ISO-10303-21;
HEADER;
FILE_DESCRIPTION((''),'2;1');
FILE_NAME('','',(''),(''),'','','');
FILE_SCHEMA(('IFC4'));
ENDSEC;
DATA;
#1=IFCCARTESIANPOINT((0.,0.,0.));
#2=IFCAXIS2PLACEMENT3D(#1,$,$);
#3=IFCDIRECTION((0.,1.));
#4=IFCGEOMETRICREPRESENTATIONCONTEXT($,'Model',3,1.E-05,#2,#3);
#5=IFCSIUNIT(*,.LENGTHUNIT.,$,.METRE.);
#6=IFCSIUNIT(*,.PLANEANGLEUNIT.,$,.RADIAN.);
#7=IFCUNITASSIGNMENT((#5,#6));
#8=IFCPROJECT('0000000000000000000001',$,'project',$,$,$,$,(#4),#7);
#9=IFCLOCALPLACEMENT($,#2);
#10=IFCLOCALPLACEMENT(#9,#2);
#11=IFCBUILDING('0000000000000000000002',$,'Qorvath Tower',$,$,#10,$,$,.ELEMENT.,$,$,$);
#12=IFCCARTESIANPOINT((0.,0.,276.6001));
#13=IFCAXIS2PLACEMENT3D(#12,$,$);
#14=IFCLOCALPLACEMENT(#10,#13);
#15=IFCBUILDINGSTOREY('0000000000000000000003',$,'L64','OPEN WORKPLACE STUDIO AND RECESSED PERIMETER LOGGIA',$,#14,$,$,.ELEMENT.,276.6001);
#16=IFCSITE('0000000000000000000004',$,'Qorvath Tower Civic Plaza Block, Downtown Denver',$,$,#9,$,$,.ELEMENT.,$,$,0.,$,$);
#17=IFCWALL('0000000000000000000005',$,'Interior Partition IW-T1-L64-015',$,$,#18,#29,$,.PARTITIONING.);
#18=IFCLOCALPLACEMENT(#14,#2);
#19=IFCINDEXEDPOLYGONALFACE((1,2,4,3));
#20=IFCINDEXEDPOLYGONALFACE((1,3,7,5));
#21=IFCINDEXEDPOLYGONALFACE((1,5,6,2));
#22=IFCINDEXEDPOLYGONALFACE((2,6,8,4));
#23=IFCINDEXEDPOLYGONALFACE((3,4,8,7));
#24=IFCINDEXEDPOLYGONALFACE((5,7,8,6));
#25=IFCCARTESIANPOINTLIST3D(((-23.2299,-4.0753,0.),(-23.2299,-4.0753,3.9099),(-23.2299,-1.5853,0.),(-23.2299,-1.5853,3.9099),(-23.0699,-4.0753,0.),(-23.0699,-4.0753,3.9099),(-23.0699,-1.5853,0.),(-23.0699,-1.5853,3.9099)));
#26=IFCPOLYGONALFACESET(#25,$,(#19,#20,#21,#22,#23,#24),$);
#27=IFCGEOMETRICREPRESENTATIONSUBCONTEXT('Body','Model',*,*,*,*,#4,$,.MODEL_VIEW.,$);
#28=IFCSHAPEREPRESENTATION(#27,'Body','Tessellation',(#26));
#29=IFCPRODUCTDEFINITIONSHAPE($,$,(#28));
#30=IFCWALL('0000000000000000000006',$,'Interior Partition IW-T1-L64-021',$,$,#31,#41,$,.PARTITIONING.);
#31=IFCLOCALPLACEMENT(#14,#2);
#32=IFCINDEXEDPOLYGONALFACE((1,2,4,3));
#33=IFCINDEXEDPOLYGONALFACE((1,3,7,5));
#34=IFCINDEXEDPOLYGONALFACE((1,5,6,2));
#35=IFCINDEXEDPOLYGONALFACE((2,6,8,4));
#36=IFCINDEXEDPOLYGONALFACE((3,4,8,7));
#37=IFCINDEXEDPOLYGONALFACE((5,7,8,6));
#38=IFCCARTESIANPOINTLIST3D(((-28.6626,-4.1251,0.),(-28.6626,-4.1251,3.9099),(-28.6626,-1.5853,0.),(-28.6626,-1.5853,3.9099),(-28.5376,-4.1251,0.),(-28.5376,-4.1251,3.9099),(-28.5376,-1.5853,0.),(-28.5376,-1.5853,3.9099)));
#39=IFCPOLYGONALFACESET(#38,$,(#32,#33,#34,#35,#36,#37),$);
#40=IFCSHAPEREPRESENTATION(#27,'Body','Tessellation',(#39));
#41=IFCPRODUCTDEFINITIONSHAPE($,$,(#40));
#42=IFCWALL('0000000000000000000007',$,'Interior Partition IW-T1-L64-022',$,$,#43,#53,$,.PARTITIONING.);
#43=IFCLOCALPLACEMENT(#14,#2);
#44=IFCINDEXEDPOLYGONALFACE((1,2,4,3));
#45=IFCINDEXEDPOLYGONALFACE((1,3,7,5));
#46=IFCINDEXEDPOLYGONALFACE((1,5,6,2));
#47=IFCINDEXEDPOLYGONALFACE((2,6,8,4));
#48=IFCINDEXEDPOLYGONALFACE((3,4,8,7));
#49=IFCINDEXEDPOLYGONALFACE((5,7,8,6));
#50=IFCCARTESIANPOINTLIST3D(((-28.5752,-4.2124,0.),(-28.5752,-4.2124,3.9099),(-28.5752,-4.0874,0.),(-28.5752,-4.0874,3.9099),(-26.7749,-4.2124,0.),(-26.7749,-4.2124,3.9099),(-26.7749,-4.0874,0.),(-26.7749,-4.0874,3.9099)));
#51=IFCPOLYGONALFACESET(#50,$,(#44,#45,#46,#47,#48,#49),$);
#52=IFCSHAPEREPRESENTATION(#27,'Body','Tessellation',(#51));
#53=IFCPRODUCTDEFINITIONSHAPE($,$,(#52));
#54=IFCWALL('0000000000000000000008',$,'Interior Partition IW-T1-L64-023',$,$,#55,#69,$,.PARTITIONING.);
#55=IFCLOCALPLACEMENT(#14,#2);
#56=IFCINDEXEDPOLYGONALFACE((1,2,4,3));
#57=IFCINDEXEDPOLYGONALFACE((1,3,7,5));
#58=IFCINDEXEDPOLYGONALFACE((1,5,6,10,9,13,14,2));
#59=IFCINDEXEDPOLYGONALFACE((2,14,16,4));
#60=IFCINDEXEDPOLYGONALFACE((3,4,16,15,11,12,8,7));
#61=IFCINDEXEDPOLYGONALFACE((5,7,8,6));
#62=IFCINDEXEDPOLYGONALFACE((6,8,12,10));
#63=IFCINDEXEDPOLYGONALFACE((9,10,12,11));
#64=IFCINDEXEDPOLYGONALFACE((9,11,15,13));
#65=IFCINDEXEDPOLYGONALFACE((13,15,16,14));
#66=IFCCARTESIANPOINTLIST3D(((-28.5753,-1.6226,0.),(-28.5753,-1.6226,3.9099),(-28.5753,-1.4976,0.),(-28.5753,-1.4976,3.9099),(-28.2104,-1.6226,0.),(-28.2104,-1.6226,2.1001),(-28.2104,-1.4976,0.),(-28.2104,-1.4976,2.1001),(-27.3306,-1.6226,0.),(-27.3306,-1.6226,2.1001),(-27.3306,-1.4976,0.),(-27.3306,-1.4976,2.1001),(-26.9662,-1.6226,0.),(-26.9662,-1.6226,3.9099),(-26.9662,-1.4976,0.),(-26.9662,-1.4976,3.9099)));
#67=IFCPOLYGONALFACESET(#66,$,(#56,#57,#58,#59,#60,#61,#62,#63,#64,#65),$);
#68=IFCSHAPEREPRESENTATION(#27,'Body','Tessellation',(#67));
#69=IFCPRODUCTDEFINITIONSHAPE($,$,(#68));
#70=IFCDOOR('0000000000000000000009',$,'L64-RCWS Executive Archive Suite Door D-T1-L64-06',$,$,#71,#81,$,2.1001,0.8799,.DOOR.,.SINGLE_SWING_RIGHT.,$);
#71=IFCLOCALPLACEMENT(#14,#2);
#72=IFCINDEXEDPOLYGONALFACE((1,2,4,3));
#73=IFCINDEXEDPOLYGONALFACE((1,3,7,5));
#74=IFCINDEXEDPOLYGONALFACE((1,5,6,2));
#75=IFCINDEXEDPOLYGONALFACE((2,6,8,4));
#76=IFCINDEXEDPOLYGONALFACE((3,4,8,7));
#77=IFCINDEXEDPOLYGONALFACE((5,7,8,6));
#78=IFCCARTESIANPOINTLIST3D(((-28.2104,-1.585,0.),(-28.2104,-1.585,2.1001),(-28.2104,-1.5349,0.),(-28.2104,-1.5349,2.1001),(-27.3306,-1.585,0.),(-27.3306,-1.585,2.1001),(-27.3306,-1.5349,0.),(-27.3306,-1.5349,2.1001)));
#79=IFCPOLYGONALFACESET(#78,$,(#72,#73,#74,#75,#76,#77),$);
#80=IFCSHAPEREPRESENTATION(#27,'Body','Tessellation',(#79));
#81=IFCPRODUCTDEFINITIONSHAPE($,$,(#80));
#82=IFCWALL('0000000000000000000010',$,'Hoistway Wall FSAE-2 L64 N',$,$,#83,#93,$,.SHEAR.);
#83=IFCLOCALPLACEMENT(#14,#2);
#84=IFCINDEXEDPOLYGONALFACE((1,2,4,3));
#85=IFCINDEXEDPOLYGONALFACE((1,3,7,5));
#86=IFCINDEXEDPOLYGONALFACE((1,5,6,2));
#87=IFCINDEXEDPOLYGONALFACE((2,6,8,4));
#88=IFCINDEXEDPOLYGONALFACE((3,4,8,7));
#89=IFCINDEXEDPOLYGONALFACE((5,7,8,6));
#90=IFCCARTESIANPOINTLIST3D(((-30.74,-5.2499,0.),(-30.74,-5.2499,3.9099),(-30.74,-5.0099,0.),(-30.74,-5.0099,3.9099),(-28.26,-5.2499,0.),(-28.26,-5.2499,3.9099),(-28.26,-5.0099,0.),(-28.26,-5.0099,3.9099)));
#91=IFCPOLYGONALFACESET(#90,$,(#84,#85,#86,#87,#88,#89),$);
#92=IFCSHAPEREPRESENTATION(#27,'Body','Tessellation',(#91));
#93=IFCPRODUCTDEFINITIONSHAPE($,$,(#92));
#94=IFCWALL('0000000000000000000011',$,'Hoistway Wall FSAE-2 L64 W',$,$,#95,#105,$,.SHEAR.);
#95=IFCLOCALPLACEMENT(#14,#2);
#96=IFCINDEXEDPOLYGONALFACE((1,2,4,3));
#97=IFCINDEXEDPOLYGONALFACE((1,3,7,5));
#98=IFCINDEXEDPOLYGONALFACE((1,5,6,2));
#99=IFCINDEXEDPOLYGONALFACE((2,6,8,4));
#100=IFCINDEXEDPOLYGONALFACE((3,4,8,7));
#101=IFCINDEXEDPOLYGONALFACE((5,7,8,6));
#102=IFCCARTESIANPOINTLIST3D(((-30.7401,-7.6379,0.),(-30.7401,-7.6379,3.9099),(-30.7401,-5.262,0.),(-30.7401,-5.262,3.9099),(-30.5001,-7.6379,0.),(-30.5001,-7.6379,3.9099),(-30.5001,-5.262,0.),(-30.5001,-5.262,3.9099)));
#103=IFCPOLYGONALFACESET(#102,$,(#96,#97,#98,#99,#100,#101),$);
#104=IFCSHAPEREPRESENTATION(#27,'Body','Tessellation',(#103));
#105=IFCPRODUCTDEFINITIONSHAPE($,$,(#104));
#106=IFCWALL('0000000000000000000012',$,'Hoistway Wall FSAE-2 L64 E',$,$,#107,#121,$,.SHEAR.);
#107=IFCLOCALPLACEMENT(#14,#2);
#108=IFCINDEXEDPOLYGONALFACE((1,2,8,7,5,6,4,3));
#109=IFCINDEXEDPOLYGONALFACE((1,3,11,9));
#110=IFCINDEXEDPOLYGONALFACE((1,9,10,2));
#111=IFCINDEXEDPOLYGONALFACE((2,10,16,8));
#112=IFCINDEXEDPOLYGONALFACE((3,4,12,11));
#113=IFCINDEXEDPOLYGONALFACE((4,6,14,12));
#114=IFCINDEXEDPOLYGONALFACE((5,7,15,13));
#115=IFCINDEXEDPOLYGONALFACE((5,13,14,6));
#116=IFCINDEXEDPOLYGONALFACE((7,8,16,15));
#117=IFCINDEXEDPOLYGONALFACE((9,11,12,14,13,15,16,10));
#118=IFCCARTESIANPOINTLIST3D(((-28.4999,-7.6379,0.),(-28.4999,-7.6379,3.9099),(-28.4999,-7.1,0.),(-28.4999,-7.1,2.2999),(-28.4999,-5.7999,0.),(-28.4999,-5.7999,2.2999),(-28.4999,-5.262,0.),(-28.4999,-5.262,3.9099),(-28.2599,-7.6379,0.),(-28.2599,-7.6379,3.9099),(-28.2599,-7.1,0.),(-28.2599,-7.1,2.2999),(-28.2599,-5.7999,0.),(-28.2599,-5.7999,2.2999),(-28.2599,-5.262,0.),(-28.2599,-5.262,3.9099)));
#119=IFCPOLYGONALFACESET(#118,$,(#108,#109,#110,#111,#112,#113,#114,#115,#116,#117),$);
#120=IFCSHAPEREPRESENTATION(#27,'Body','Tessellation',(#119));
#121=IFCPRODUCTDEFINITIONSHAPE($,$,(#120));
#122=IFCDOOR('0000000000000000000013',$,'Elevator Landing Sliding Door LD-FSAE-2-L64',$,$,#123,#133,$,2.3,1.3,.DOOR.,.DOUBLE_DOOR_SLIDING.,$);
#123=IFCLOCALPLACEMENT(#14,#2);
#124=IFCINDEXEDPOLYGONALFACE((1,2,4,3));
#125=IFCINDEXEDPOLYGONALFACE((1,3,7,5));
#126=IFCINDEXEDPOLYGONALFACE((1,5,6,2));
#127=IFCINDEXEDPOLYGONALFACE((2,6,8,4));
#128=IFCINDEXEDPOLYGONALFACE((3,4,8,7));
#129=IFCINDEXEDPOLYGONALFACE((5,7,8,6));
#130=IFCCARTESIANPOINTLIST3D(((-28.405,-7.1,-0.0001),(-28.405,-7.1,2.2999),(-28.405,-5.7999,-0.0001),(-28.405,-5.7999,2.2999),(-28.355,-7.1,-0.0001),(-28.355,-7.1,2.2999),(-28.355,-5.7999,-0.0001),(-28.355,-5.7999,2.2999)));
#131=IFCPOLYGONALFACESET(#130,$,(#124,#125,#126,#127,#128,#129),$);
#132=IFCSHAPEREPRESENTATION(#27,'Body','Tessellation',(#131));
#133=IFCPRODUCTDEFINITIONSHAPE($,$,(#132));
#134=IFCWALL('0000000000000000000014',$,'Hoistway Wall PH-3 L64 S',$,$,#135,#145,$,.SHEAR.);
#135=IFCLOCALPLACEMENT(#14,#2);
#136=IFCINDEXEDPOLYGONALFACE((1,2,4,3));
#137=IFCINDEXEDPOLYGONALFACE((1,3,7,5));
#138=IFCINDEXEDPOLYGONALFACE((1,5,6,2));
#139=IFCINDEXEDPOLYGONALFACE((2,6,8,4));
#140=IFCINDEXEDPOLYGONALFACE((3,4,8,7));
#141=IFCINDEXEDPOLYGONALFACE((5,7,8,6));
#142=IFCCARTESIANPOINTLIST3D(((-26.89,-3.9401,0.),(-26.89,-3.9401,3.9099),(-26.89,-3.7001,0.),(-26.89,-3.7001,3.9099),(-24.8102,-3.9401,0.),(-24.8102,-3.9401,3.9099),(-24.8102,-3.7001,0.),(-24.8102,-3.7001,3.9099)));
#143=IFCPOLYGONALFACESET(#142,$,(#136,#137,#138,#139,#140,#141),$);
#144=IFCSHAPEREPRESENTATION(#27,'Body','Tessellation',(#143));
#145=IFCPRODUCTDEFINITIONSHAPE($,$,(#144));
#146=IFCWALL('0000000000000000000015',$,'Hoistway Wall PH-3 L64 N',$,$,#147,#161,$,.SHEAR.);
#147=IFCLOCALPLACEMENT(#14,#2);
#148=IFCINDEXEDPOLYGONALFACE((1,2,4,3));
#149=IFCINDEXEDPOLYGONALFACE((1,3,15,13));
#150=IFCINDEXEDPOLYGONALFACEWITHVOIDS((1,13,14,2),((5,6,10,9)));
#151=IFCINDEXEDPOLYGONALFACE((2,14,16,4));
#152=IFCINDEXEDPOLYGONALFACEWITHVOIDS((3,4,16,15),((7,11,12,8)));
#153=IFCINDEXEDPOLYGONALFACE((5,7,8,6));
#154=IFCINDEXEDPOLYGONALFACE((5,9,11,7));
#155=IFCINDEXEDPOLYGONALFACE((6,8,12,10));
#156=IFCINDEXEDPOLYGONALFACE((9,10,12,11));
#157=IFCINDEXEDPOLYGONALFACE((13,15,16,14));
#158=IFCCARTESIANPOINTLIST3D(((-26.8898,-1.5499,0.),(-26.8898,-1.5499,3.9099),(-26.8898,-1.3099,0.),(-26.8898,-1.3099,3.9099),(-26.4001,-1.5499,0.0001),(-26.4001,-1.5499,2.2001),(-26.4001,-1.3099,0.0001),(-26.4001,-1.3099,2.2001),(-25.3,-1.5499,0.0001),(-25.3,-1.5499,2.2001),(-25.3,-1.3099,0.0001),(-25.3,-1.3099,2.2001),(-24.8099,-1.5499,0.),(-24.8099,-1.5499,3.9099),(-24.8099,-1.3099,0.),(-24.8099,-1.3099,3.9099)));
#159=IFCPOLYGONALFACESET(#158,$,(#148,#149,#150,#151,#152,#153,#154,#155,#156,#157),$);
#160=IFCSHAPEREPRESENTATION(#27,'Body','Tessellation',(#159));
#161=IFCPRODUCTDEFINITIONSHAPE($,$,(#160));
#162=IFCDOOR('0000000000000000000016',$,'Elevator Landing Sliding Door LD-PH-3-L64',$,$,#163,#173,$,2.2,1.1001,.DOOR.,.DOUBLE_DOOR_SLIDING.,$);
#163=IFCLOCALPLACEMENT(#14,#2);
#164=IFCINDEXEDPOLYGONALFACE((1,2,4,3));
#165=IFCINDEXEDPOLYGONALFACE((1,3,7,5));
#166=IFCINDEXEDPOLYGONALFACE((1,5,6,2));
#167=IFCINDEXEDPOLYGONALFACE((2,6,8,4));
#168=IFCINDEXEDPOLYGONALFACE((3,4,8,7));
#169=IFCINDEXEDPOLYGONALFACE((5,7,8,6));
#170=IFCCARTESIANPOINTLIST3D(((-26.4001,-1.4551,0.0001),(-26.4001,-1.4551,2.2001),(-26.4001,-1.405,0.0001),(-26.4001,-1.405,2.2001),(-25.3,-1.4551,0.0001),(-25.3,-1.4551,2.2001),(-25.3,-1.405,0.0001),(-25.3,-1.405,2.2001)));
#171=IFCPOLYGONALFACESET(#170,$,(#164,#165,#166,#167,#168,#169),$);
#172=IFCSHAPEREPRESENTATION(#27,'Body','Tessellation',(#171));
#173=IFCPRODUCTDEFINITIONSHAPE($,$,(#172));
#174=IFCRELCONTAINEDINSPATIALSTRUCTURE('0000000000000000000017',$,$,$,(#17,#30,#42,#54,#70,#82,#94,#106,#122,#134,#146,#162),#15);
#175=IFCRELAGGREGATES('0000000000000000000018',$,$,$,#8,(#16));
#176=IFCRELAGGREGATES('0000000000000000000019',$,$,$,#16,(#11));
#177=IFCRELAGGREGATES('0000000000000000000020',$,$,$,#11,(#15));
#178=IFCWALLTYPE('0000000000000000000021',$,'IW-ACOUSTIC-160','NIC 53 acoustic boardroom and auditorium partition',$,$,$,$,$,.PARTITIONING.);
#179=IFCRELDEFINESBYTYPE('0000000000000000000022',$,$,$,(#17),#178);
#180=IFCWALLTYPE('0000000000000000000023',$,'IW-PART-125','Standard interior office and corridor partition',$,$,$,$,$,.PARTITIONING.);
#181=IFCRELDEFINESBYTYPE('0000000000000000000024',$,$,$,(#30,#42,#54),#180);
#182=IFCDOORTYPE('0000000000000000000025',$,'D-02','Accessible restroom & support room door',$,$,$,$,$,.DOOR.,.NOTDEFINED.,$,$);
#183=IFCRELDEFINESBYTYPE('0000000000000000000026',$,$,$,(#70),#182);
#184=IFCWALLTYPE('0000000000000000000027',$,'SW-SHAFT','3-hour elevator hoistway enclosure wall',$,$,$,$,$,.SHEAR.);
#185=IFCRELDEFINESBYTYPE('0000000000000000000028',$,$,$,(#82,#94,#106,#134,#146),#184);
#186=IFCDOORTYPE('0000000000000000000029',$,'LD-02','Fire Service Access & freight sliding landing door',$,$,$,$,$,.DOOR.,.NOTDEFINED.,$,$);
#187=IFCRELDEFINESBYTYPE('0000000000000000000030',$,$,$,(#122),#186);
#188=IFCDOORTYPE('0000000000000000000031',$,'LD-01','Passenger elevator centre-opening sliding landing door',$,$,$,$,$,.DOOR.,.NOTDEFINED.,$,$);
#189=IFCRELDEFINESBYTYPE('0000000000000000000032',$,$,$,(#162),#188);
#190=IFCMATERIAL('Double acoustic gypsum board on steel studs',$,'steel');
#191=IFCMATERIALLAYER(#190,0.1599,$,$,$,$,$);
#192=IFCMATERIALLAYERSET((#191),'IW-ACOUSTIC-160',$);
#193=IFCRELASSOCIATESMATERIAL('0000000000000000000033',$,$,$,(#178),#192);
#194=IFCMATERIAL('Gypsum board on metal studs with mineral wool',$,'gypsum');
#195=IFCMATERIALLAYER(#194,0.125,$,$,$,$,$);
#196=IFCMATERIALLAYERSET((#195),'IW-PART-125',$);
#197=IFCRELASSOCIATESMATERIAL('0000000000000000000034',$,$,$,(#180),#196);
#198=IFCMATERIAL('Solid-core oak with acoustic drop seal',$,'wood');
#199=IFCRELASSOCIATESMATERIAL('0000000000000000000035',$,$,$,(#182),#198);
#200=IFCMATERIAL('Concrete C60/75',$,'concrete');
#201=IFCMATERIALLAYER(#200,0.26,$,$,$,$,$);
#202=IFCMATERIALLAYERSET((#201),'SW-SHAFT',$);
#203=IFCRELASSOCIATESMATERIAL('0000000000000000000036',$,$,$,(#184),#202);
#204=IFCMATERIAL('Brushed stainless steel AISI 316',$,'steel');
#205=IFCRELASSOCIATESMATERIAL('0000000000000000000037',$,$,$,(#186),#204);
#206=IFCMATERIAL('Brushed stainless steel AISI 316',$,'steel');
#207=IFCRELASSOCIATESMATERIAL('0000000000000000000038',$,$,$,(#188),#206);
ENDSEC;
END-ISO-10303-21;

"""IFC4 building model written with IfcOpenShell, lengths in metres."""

from ifc_helpers import new_model, si_unit, direction, frame, frame_2d, origin, place, context, subcontext, project, spatial, rectangle, extrude, material, layer, layer_set, type_object, element, fill, save


model = new_model("IFC4")

# Units and contexts
model_context = context("Model", 3, precision=1e-05, world=origin(), true_north=direction((0.0, 1.0)))
body_context = subcontext(model_context, "Body", "Model", "MODEL_VIEW")
ifc_project = project(units=[si_unit("LENGTHUNIT", "METRE"), si_unit("PLANEANGLEUNIT", "RADIAN")], contexts=[model_context])

# Site, building, storey
site_placement = place(None, origin())
site = spatial("IfcSite", under=ifc_project, at=site_placement, Name="Qorvath Tower Civic Plaza Block, Downtown Denver", CompositionType="ELEMENT", RefElevation=0.0)
building_placement = place(site_placement, origin())
building = spatial("IfcBuilding", under=site, at=building_placement, Name="Qorvath Tower", CompositionType="ELEMENT")
storey_placement = place(building_placement, frame((0.0, 0.0, 276.6001)))
storey = spatial("IfcBuildingStorey", under=building, at=storey_placement, Name="L64", Description="OPEN WORKPLACE STUDIO AND RECESSED PERIMETER LOGGIA", CompositionType="ELEMENT", Elevation=276.6001)

# Walls
ifc_material_1 = material(Name="Double acoustic gypsum board on steel studs", Category="steel")
ifc_layer_1 = layer(ifc_material_1, 0.1599)
ifc_layer_set_1 = layer_set([ifc_layer_1], Name="IW-ACOUSTIC-160")
wall_type_1 = type_object("IfcWallType", Name="IW-ACOUSTIC-160", Description="NIC 53 acoustic boardroom and auditorium partition", PredefinedType="PARTITIONING", material=ifc_layer_set_1)
wall_1_placement = place(storey_placement, frame((-23.1499, -1.5852, 0.0), z_axis=(0.0, 0.0, 1.0), x_axis=(0.0, -1.0, 0.0)))
element("IfcWall", 1, at=wall_1_placement, inside=storey, type_object=wall_type_1, Name="Interior Partition IW-T1-L64-015", PredefinedType="PARTITIONING", context=body_context, shape_type="SweptSolid", body=[
    extrude(rectangle(XDim=2.49, YDim=0.1599, at=frame_2d((1.2451, 0.0))), origin(), (0.0, 0.0, 1.0), 3.9099),
])
ifc_material_2 = material(Name="Gypsum board on metal studs with mineral wool", Category="gypsum")
ifc_layer_2 = layer(ifc_material_2, 0.125)
ifc_layer_set_2 = layer_set([ifc_layer_2], Name="IW-PART-125")
wall_type_2 = type_object("IfcWallType", Name="IW-PART-125", Description="Standard interior office and corridor partition", PredefinedType="PARTITIONING", material=ifc_layer_set_2)
wall_2_placement = place(storey_placement, frame((-28.6001, -1.5852, 0.0), z_axis=(0.0, 0.0, 1.0), x_axis=(0.0, -1.0, 0.0)))
element("IfcWall", 2, at=wall_2_placement, inside=storey, type_object=wall_type_2, Name="Interior Partition IW-T1-L64-021", PredefinedType="PARTITIONING", context=body_context, shape_type="SweptSolid", body=[
    extrude(rectangle(XDim=2.5398, YDim=0.125, at=frame_2d((1.27, 0.0))), origin(), (0.0, 0.0, 1.0), 3.9099),
])
wall_3_placement = place(storey_placement, frame((-28.5752, -4.1499, 0.0), z_axis=(0.0, 0.0, 1.0), x_axis=(1.0, 0.0, 0.0)))
element("IfcWall", 3, at=wall_3_placement, inside=storey, type_object=wall_type_2, Name="Interior Partition IW-T1-L64-022", PredefinedType="PARTITIONING", context=body_context, shape_type="SweptSolid", body=[
    extrude(rectangle(XDim=1.8003, YDim=0.125, at=frame_2d((0.9001, 0.0))), origin(), (0.0, 0.0, 1.0), 3.9099),
])

# Wall, opening, door
wall_4_placement = place(storey_placement, frame((-26.9661, -1.5601, 0.0), z_axis=(0.0, 0.0, 1.0), x_axis=(-1.0, 0.0, 0.0)))
wall_4 = element("IfcWall", 4, at=wall_4_placement, inside=storey, type_object=wall_type_2, Name="Interior Partition IW-T1-L64-023", PredefinedType="PARTITIONING", context=body_context, shape_type="SweptSolid", body=[
    extrude(rectangle(XDim=1.6091, YDim=0.125, at=frame_2d((0.8047, 0.0))), origin(), (0.0, 0.0, 1.0), 3.9099),
])
opening_1_placement = place(wall_4_placement, frame((0.3645, 0.0, 0.0)))
opening_1 = element("IfcOpeningElement", 5, at=opening_1_placement, cuts=wall_4, PredefinedType="OPENING", context=body_context, shape_type="SweptSolid", body=[
    extrude(rectangle(XDim=0.8799, YDim=2.1001, at=frame_2d((0.4399, 1.05))), frame((0.0, 0.0725, 0.0), z_axis=(0.0, -1.0, 0.0), x_axis=(1.0, 0.0, 0.0)), (0.0, 0.0, 1.0), 0.145),
])
ifc_material_3 = material(Name="Solid-core oak with acoustic drop seal", Category="wood")
door_type_1 = type_object("IfcDoorType", Name="D-02", Description="Accessible restroom & support room door", OperationType="NOTDEFINED", PredefinedType="DOOR", material=ifc_material_3)
door_1_placement = place(opening_1_placement, origin())
door_1 = element("IfcDoor", 6, at=door_1_placement, inside=storey, type_object=door_type_1, Name="L64-RCWS Executive Archive Suite Door D-T1-L64-06", OperationType="SINGLE_SWING_RIGHT", OverallHeight=2.1001, OverallWidth=0.8799, PredefinedType="DOOR", context=body_context, shape_type="SweptSolid", body=[
    extrude(rectangle(XDim=0.8799, YDim=2.1001, at=frame_2d((0.4399, 1.05))), frame((0.0, 0.0249, 0.0), z_axis=(0.0, -1.0, 0.0), x_axis=(1.0, 0.0, 0.0)), (0.0, 0.0, 1.0), 0.05),
])
fill(opening_1, door_1)

# Walls
ifc_material_4 = material(Name="Concrete C60/75", Category="concrete")
ifc_layer_3 = layer(ifc_material_4, 0.26)
ifc_layer_set_3 = layer_set([ifc_layer_3], Name="SW-SHAFT")
wall_type_3 = type_object("IfcWallType", Name="SW-SHAFT", Description="3-hour elevator hoistway enclosure wall", PredefinedType="SHEAR", material=ifc_layer_set_3)
wall_5_placement = place(storey_placement, frame((-30.74, -5.1299, 0.0), z_axis=(0.0, 0.0, 1.0), x_axis=(1.0, 0.0, 0.0)))
element("IfcWall", 7, at=wall_5_placement, inside=storey, type_object=wall_type_3, Name="Hoistway Wall FSAE-2 L64 N", PredefinedType="SHEAR", context=body_context, shape_type="SweptSolid", body=[
    extrude(rectangle(XDim=2.48, YDim=0.24, at=frame_2d((1.24, 0.0))), origin(), (0.0, 0.0, 1.0), 3.9099),
])
wall_6_placement = place(storey_placement, frame((-30.6201, -7.6379, 0.0), z_axis=(0.0, 0.0, 1.0), x_axis=(0.0, 1.0, 0.0)))
element("IfcWall", 8, at=wall_6_placement, inside=storey, type_object=wall_type_3, Name="Hoistway Wall FSAE-2 L64 W", PredefinedType="SHEAR", context=body_context, shape_type="SweptSolid", body=[
    extrude(rectangle(XDim=2.376, YDim=0.24, at=frame_2d((1.188, 0.0))), origin(), (0.0, 0.0, 1.0), 3.9099),
])

# Wall, opening, door
wall_7_placement = place(storey_placement, frame((-28.3799, -5.262, 0.0), z_axis=(0.0, 0.0, 1.0), x_axis=(0.0, -1.0, 0.0)))
wall_7 = element("IfcWall", 9, at=wall_7_placement, inside=storey, type_object=wall_type_3, Name="Hoistway Wall FSAE-2 L64 E", PredefinedType="SHEAR", context=body_context, shape_type="SweptSolid", body=[
    extrude(rectangle(XDim=2.376, YDim=0.24, at=frame_2d((1.188, 0.0))), origin(), (0.0, 0.0, 1.0), 3.9099),
])
opening_2_placement = place(wall_7_placement, frame((0.5381, 0.0, 0.0)))
opening_2 = element("IfcOpeningElement", 10, at=opening_2_placement, cuts=wall_7, PredefinedType="OPENING", context=body_context, shape_type="SweptSolid", body=[
    extrude(rectangle(XDim=1.3, YDim=2.3, at=frame_2d((0.6499, 1.1499))), frame((0.0, 0.1299, 0.0), z_axis=(0.0, -1.0, 0.0), x_axis=(1.0, 0.0, 0.0)), (0.0, 0.0, 1.0), 0.26),
])
ifc_material_5 = material(Name="Brushed stainless steel AISI 316", Category="steel")
door_type_2 = type_object("IfcDoorType", Name="LD-02", Description="Fire Service Access & freight sliding landing door", OperationType="NOTDEFINED", PredefinedType="DOOR", material=ifc_material_5)
door_2_placement = place(opening_2_placement, origin())
door_2 = element("IfcDoor", 11, at=door_2_placement, inside=storey, type_object=door_type_2, Name="Elevator Landing Sliding Door LD-FSAE-2-L64", OperationType="DOUBLE_DOOR_SLIDING", OverallHeight=2.3, OverallWidth=1.3, PredefinedType="DOOR", context=body_context, shape_type="SweptSolid", body=[
    extrude(rectangle(XDim=1.3, YDim=2.3, at=frame_2d((0.6499, 1.1499))), frame((0.0, 0.0249, 0.0), z_axis=(0.0, -1.0, 0.0), x_axis=(1.0, 0.0, 0.0)), (0.0, 0.0, 1.0), 0.05),
])
fill(opening_2, door_2)

# Wall
wall_8_placement = place(storey_placement, frame((-24.8101, -3.8201, 0.0), z_axis=(0.0, 0.0, 1.0), x_axis=(-1.0, 0.0, 0.0)))
element("IfcWall", 12, at=wall_8_placement, inside=storey, type_object=wall_type_3, Name="Hoistway Wall PH-3 L64 S", PredefinedType="SHEAR", context=body_context, shape_type="SweptSolid", body=[
    extrude(rectangle(XDim=2.0798, YDim=0.24, at=frame_2d((1.04, 0.0))), origin(), (0.0, 0.0, 1.0), 3.9099),
])

# Wall, opening, door
wall_9_placement = place(storey_placement, frame((-26.8899, -1.4299, 0.0), z_axis=(0.0, 0.0, 1.0), x_axis=(1.0, 0.0, 0.0)))
wall_9 = element("IfcWall", 13, at=wall_9_placement, inside=storey, type_object=wall_type_3, Name="Hoistway Wall PH-3 L64 N", PredefinedType="SHEAR", context=body_context, shape_type="SweptSolid", body=[
    extrude(rectangle(XDim=2.0798, YDim=0.24, at=frame_2d((1.04, 0.0))), origin(), (0.0, 0.0, 1.0), 3.9099),
])
opening_3_placement = place(wall_9_placement, frame((0.4897, 0.0, 0.0)))
opening_3 = element("IfcOpeningElement", 14, at=opening_3_placement, cuts=wall_9, PredefinedType="OPENING", context=body_context, shape_type="SweptSolid", body=[
    extrude(rectangle(XDim=1.1001, YDim=2.2, at=frame_2d((0.55, 1.1001))), frame((0.0, 0.1299, 0.0), z_axis=(0.0, -1.0, 0.0), x_axis=(1.0, 0.0, 0.0)), (0.0, 0.0, 1.0), 0.26),
])
ifc_material_6 = material(Name="Brushed stainless steel AISI 316", Category="steel")
door_type_3 = type_object("IfcDoorType", Name="LD-01", Description="Passenger elevator centre-opening sliding landing door", OperationType="NOTDEFINED", PredefinedType="DOOR", material=ifc_material_6)
door_3_placement = place(opening_3_placement, origin())
door_3 = element("IfcDoor", 15, at=door_3_placement, inside=storey, type_object=door_type_3, Name="Elevator Landing Sliding Door LD-PH-3-L64", OperationType="DOUBLE_DOOR_SLIDING", OverallHeight=2.2, OverallWidth=1.1001, PredefinedType="DOOR", context=body_context, shape_type="SweptSolid", body=[
    extrude(rectangle(XDim=1.1001, YDim=2.2, at=frame_2d((0.55, 1.1001))), frame((0.0, 0.0249, 0.0), z_axis=(0.0, -1.0, 0.0), x_axis=(1.0, 0.0, 0.0)), (0.0, 0.0, 1.0), 0.05),
])
fill(opening_3, door_3)

save(model, "model.ifc")
